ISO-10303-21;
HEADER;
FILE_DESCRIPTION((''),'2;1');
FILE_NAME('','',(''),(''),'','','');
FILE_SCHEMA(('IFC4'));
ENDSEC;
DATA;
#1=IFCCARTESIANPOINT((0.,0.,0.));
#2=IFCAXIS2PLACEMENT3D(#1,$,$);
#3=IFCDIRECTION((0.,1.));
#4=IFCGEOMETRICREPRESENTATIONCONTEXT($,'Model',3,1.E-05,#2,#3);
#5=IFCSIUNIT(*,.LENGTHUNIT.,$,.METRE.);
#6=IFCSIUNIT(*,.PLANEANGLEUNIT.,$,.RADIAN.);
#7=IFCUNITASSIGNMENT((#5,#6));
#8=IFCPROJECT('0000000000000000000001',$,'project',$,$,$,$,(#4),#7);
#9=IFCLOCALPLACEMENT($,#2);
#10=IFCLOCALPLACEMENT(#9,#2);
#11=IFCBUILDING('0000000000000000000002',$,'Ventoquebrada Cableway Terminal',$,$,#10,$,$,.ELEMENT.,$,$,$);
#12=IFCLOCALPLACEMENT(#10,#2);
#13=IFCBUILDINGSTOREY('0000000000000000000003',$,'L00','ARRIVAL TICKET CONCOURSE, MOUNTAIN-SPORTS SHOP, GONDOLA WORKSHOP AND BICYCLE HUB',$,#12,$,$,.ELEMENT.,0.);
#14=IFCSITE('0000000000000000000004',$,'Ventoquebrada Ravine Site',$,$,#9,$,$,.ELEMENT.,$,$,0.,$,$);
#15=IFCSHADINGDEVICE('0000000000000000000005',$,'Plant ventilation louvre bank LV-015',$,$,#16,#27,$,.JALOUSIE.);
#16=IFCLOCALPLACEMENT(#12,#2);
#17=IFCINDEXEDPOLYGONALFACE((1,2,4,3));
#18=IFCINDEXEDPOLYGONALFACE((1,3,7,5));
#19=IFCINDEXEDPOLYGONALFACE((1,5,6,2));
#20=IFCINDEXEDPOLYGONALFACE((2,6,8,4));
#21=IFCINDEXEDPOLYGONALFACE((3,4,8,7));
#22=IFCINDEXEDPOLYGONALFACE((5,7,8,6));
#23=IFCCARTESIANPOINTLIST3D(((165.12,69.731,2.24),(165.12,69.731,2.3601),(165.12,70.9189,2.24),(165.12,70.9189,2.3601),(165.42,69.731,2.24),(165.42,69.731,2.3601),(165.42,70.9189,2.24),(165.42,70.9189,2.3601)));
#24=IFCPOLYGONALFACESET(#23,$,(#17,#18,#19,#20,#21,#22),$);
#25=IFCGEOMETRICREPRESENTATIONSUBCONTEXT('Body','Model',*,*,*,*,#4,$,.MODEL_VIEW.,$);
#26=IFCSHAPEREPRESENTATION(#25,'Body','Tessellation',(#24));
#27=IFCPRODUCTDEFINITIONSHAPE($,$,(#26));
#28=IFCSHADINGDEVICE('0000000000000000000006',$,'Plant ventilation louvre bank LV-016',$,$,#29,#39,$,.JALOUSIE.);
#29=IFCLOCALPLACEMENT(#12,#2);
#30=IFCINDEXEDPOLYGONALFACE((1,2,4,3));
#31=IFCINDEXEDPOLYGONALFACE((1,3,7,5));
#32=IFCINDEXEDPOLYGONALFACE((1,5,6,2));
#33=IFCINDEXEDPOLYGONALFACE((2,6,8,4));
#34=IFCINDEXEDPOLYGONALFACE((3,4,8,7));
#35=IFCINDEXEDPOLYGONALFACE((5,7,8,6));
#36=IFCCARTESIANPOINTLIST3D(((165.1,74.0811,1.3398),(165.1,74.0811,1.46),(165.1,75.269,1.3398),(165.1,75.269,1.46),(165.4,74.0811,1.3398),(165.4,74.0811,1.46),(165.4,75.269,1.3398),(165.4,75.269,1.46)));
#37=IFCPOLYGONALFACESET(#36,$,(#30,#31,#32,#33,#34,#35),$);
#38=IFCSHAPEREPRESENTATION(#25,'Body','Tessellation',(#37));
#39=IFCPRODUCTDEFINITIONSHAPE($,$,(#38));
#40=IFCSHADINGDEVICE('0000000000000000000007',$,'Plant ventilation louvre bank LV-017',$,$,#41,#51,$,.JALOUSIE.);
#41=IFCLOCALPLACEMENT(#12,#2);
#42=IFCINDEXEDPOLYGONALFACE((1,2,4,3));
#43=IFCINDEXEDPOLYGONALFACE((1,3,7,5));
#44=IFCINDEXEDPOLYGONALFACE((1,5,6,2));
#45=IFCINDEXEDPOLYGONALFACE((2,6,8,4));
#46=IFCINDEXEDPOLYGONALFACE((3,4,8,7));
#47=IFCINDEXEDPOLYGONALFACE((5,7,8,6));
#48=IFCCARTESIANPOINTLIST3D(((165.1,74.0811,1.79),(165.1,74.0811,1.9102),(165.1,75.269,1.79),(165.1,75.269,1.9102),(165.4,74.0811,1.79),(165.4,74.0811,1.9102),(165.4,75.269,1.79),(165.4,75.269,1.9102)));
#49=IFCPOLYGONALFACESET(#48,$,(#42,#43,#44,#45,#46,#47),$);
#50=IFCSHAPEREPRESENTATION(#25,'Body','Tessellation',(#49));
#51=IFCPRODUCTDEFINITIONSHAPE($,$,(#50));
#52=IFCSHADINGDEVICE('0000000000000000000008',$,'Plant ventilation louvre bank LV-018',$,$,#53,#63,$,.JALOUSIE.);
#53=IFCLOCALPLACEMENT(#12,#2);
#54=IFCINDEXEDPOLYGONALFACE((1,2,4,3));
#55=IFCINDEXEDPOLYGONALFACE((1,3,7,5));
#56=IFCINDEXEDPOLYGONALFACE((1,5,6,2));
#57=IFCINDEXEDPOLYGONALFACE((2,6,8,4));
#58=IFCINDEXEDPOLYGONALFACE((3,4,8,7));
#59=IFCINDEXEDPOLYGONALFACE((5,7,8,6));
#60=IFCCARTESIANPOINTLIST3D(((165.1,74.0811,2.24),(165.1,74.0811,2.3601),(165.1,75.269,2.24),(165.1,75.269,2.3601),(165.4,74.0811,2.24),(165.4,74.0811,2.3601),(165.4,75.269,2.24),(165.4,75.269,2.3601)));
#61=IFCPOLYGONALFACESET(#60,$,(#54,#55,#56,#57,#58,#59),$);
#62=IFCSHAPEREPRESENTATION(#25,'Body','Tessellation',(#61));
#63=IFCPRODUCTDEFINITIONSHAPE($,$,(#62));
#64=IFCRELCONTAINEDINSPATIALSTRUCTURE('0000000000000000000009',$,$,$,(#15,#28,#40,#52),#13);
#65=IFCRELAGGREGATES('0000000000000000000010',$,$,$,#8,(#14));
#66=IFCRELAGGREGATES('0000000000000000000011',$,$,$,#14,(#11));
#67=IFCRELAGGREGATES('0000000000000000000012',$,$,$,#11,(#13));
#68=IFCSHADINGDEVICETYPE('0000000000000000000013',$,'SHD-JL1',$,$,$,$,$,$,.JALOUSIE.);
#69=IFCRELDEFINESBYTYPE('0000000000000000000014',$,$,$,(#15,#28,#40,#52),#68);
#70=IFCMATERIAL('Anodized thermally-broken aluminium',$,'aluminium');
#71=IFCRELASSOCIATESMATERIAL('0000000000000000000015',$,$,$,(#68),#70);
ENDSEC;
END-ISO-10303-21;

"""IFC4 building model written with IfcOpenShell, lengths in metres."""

from ifc_helpers import new_model, si_unit, direction, frame, origin, origin_2d, place, context, subcontext, project, spatial, rectangle, extrude, material, type_object, element, save


model = new_model("IFC4")

# Units and contexts
model_context = context("Model", 3, precision=1e-05, world=origin(), true_north=direction((0.0, 1.0)))
body_context = subcontext(model_context, "Body", "Model", "MODEL_VIEW")
ifc_project = project(units=[si_unit("LENGTHUNIT", "METRE"), si_unit("PLANEANGLEUNIT", "RADIAN")], contexts=[model_context])

# Site, building, storey
site_placement = place(None, origin())
site = spatial("IfcSite", under=ifc_project, at=site_placement, Name="Ventoquebrada Ravine Site", CompositionType="ELEMENT", RefElevation=0.0)
building_placement = place(site_placement, origin())
building = spatial("IfcBuilding", under=site, at=building_placement, Name="Ventoquebrada Cableway Terminal", CompositionType="ELEMENT")
storey_placement = place(building_placement, origin())
storey = spatial("IfcBuildingStorey", under=building, at=storey_placement, Name="L00", Description="ARRIVAL TICKET CONCOURSE, MOUNTAIN-SPORTS SHOP, GONDOLA WORKSHOP AND BICYCLE HUB", CompositionType="ELEMENT", Elevation=0.0)

# Shading devices
ifc_material_1 = material(Name="Anodized thermally-broken aluminium", Category="aluminium")
shading_device_type = type_object("IfcShadingDeviceType", Name="SHD-JL1", PredefinedType="JALOUSIE", material=ifc_material_1)
for number, where, z_axis, x_axis, name in (
    (1, (165.27, 70.325, 2.24), (0.0, 0.0, 1.0), (0.0, 1.0, 0.0), "Plant ventilation louvre bank LV-015"),
    (2, (165.25, 74.675, 1.3398), (0.0, 0.0, 1.0), (0.0, 1.0, 0.0), "Plant ventilation louvre bank LV-016"),
    (3, (165.25, 74.675, 1.79), (0.0, 0.0, 1.0), (0.0, 1.0, 0.0), "Plant ventilation louvre bank LV-017"),
    (4, (165.25, 74.675, 2.24), (0.0, 0.0, 1.0), (0.0, 1.0, 0.0), "Plant ventilation louvre bank LV-018"),
):
    element("IfcShadingDevice", number, at=place(storey_placement, frame(where, z_axis=z_axis, x_axis=x_axis)), inside=storey, type_object=shading_device_type, Name=name, PredefinedType="JALOUSIE", context=body_context, shape_type="SweptSolid", body=[
        extrude(rectangle(XDim=1.188, YDim=0.3, at=origin_2d()), origin(), (0.0, 0.0, 1.0), 0.1201),
    ])

save(model, "model.ifc")
